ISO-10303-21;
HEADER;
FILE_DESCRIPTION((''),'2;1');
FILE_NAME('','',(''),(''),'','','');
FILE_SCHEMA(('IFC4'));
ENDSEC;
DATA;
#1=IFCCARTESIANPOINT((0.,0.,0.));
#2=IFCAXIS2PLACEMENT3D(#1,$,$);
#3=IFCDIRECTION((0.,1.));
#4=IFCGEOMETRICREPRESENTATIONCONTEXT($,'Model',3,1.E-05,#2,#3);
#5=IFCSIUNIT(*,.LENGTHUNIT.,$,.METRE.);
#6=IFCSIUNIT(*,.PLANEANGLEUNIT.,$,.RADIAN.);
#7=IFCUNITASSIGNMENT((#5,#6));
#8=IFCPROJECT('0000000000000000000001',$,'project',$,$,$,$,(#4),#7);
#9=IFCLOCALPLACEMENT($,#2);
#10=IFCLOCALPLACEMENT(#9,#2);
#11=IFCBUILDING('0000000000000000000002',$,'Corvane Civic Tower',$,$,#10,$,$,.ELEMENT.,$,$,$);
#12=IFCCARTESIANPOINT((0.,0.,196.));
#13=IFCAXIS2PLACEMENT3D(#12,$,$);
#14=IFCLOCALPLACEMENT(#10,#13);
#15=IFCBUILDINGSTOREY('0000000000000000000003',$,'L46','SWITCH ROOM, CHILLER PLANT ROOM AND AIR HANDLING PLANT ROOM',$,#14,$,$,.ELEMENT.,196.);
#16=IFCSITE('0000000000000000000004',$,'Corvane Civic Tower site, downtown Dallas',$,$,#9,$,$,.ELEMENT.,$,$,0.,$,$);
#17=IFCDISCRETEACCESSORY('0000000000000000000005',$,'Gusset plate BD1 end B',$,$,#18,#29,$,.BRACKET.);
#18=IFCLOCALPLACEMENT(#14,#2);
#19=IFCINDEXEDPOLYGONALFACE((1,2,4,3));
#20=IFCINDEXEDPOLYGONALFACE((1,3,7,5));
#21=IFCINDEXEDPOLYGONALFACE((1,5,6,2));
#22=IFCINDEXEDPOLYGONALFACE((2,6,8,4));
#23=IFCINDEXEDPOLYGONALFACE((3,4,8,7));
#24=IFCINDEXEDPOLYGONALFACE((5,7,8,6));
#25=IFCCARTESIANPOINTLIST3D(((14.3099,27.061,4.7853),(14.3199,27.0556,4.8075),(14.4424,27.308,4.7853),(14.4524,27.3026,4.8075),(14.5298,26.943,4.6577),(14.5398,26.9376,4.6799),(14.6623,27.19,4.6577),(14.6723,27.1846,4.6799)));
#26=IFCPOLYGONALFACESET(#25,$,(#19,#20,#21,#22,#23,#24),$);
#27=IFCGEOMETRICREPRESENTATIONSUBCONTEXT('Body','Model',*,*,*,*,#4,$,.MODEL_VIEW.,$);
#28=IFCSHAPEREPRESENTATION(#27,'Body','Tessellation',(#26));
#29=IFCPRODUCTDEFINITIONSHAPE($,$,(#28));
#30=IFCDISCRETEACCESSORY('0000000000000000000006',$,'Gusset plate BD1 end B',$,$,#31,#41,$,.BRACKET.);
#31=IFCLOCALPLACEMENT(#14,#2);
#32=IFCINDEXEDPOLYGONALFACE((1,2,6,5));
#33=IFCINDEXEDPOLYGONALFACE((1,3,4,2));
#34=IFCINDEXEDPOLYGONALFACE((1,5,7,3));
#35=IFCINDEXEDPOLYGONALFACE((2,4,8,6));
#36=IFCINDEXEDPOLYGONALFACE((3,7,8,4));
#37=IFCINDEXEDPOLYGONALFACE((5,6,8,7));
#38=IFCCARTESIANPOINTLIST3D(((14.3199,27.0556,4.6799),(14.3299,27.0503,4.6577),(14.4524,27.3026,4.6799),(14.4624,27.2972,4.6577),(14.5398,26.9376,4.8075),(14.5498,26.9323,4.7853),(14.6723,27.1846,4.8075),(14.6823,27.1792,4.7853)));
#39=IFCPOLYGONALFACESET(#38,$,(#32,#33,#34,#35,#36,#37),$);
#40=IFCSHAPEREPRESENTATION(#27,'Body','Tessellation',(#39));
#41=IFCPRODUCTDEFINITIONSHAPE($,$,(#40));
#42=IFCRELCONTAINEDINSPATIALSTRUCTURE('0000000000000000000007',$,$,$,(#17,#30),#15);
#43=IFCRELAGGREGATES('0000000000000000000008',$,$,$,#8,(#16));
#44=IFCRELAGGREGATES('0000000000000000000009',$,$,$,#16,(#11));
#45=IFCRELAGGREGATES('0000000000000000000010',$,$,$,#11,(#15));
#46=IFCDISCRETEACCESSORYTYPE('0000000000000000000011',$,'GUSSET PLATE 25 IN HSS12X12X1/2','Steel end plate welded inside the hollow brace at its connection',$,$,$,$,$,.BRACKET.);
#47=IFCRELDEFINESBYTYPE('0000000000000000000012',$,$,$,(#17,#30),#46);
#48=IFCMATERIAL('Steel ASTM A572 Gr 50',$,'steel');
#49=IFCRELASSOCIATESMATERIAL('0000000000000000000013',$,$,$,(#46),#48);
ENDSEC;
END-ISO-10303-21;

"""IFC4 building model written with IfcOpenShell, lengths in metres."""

from ifc_helpers import new_model, si_unit, direction, frame, origin, origin_2d, place, context, subcontext, project, spatial, rectangle, extrude, material, material_profile, profile_set, type_object, element, save


model = new_model("IFC4")

# Units and contexts
model_context = context("Model", 3, precision=1e-05, world=origin(), true_north=direction((0.0, 1.0)))
body_context = subcontext(model_context, "Body", "Model", "MODEL_VIEW")
ifc_project = project(units=[si_unit("LENGTHUNIT", "METRE"), si_unit("PLANEANGLEUNIT", "RADIAN")], contexts=[model_context])

# Site, building, storey
site_placement = place(None, origin())
site = spatial("IfcSite", under=ifc_project, at=site_placement, Name="Corvane Civic Tower site, downtown Dallas", CompositionType="ELEMENT", RefElevation=0.0)
building_placement = place(site_placement, origin())
building = spatial("IfcBuilding", under=site, at=building_placement, Name="Corvane Civic Tower", CompositionType="ELEMENT")
storey_placement = place(building_placement, frame((0.0, 0.0, 196.0)))
storey = spatial("IfcBuildingStorey", under=building, at=storey_placement, Name="L46", Description="SWITCH ROOM, CHILLER PLANT ROOM AND AIR HANDLING PLANT ROOM", CompositionType="ELEMENT", Elevation=196.0)

# Discrete accessories
ifc_material_1 = material(Name="Steel ASTM A572 Gr 50", Category="steel")
ifc_material_profile_1 = material_profile(ifc_material_1, rectangle(XDim=0.2803, YDim=0.2803, at=origin_2d()), Name="GUSSET PLATE 25 IN HSS12X12X1/2")
ifc_profile_set_1 = profile_set([ifc_material_profile_1], Name="Steel ASTM A572 Gr 50")
discrete_accessory_type = type_object("IfcDiscreteAccessoryType", Name="GUSSET PLATE 25 IN HSS12X12X1/2", Description="Steel end plate welded inside the hollow brace at its connection", PredefinedType="BRACKET", material=ifc_profile_set_1)
for number, where, z_axis, x_axis, name in (
    (1, (14.4961, 27.1201, 4.7437), (-0.401152, 0.215252, -0.890362), (-0.472818, -0.88116, 0.0), "Gusset plate BD1 end B"),
    (2, (14.4961, 27.1201, 4.7437), (0.401152, -0.215252, -0.890362), (0.472818, 0.88116, 0.0), "Gusset plate BD1 end B"),
):
    element("IfcDiscreteAccessory", number, at=place(storey_placement, frame(where, z_axis=z_axis, x_axis=x_axis)), inside=storey, type_object=discrete_accessory_type, Name=name, PredefinedType="BRACKET", context=body_context, shape_type="SweptSolid", body=[
        extrude(rectangle(XDim=0.2803, YDim=0.2803, at=origin_2d()), origin(), (0.0, 0.0, 1.0), 0.0249),
    ])

save(model, "model.ifc")
